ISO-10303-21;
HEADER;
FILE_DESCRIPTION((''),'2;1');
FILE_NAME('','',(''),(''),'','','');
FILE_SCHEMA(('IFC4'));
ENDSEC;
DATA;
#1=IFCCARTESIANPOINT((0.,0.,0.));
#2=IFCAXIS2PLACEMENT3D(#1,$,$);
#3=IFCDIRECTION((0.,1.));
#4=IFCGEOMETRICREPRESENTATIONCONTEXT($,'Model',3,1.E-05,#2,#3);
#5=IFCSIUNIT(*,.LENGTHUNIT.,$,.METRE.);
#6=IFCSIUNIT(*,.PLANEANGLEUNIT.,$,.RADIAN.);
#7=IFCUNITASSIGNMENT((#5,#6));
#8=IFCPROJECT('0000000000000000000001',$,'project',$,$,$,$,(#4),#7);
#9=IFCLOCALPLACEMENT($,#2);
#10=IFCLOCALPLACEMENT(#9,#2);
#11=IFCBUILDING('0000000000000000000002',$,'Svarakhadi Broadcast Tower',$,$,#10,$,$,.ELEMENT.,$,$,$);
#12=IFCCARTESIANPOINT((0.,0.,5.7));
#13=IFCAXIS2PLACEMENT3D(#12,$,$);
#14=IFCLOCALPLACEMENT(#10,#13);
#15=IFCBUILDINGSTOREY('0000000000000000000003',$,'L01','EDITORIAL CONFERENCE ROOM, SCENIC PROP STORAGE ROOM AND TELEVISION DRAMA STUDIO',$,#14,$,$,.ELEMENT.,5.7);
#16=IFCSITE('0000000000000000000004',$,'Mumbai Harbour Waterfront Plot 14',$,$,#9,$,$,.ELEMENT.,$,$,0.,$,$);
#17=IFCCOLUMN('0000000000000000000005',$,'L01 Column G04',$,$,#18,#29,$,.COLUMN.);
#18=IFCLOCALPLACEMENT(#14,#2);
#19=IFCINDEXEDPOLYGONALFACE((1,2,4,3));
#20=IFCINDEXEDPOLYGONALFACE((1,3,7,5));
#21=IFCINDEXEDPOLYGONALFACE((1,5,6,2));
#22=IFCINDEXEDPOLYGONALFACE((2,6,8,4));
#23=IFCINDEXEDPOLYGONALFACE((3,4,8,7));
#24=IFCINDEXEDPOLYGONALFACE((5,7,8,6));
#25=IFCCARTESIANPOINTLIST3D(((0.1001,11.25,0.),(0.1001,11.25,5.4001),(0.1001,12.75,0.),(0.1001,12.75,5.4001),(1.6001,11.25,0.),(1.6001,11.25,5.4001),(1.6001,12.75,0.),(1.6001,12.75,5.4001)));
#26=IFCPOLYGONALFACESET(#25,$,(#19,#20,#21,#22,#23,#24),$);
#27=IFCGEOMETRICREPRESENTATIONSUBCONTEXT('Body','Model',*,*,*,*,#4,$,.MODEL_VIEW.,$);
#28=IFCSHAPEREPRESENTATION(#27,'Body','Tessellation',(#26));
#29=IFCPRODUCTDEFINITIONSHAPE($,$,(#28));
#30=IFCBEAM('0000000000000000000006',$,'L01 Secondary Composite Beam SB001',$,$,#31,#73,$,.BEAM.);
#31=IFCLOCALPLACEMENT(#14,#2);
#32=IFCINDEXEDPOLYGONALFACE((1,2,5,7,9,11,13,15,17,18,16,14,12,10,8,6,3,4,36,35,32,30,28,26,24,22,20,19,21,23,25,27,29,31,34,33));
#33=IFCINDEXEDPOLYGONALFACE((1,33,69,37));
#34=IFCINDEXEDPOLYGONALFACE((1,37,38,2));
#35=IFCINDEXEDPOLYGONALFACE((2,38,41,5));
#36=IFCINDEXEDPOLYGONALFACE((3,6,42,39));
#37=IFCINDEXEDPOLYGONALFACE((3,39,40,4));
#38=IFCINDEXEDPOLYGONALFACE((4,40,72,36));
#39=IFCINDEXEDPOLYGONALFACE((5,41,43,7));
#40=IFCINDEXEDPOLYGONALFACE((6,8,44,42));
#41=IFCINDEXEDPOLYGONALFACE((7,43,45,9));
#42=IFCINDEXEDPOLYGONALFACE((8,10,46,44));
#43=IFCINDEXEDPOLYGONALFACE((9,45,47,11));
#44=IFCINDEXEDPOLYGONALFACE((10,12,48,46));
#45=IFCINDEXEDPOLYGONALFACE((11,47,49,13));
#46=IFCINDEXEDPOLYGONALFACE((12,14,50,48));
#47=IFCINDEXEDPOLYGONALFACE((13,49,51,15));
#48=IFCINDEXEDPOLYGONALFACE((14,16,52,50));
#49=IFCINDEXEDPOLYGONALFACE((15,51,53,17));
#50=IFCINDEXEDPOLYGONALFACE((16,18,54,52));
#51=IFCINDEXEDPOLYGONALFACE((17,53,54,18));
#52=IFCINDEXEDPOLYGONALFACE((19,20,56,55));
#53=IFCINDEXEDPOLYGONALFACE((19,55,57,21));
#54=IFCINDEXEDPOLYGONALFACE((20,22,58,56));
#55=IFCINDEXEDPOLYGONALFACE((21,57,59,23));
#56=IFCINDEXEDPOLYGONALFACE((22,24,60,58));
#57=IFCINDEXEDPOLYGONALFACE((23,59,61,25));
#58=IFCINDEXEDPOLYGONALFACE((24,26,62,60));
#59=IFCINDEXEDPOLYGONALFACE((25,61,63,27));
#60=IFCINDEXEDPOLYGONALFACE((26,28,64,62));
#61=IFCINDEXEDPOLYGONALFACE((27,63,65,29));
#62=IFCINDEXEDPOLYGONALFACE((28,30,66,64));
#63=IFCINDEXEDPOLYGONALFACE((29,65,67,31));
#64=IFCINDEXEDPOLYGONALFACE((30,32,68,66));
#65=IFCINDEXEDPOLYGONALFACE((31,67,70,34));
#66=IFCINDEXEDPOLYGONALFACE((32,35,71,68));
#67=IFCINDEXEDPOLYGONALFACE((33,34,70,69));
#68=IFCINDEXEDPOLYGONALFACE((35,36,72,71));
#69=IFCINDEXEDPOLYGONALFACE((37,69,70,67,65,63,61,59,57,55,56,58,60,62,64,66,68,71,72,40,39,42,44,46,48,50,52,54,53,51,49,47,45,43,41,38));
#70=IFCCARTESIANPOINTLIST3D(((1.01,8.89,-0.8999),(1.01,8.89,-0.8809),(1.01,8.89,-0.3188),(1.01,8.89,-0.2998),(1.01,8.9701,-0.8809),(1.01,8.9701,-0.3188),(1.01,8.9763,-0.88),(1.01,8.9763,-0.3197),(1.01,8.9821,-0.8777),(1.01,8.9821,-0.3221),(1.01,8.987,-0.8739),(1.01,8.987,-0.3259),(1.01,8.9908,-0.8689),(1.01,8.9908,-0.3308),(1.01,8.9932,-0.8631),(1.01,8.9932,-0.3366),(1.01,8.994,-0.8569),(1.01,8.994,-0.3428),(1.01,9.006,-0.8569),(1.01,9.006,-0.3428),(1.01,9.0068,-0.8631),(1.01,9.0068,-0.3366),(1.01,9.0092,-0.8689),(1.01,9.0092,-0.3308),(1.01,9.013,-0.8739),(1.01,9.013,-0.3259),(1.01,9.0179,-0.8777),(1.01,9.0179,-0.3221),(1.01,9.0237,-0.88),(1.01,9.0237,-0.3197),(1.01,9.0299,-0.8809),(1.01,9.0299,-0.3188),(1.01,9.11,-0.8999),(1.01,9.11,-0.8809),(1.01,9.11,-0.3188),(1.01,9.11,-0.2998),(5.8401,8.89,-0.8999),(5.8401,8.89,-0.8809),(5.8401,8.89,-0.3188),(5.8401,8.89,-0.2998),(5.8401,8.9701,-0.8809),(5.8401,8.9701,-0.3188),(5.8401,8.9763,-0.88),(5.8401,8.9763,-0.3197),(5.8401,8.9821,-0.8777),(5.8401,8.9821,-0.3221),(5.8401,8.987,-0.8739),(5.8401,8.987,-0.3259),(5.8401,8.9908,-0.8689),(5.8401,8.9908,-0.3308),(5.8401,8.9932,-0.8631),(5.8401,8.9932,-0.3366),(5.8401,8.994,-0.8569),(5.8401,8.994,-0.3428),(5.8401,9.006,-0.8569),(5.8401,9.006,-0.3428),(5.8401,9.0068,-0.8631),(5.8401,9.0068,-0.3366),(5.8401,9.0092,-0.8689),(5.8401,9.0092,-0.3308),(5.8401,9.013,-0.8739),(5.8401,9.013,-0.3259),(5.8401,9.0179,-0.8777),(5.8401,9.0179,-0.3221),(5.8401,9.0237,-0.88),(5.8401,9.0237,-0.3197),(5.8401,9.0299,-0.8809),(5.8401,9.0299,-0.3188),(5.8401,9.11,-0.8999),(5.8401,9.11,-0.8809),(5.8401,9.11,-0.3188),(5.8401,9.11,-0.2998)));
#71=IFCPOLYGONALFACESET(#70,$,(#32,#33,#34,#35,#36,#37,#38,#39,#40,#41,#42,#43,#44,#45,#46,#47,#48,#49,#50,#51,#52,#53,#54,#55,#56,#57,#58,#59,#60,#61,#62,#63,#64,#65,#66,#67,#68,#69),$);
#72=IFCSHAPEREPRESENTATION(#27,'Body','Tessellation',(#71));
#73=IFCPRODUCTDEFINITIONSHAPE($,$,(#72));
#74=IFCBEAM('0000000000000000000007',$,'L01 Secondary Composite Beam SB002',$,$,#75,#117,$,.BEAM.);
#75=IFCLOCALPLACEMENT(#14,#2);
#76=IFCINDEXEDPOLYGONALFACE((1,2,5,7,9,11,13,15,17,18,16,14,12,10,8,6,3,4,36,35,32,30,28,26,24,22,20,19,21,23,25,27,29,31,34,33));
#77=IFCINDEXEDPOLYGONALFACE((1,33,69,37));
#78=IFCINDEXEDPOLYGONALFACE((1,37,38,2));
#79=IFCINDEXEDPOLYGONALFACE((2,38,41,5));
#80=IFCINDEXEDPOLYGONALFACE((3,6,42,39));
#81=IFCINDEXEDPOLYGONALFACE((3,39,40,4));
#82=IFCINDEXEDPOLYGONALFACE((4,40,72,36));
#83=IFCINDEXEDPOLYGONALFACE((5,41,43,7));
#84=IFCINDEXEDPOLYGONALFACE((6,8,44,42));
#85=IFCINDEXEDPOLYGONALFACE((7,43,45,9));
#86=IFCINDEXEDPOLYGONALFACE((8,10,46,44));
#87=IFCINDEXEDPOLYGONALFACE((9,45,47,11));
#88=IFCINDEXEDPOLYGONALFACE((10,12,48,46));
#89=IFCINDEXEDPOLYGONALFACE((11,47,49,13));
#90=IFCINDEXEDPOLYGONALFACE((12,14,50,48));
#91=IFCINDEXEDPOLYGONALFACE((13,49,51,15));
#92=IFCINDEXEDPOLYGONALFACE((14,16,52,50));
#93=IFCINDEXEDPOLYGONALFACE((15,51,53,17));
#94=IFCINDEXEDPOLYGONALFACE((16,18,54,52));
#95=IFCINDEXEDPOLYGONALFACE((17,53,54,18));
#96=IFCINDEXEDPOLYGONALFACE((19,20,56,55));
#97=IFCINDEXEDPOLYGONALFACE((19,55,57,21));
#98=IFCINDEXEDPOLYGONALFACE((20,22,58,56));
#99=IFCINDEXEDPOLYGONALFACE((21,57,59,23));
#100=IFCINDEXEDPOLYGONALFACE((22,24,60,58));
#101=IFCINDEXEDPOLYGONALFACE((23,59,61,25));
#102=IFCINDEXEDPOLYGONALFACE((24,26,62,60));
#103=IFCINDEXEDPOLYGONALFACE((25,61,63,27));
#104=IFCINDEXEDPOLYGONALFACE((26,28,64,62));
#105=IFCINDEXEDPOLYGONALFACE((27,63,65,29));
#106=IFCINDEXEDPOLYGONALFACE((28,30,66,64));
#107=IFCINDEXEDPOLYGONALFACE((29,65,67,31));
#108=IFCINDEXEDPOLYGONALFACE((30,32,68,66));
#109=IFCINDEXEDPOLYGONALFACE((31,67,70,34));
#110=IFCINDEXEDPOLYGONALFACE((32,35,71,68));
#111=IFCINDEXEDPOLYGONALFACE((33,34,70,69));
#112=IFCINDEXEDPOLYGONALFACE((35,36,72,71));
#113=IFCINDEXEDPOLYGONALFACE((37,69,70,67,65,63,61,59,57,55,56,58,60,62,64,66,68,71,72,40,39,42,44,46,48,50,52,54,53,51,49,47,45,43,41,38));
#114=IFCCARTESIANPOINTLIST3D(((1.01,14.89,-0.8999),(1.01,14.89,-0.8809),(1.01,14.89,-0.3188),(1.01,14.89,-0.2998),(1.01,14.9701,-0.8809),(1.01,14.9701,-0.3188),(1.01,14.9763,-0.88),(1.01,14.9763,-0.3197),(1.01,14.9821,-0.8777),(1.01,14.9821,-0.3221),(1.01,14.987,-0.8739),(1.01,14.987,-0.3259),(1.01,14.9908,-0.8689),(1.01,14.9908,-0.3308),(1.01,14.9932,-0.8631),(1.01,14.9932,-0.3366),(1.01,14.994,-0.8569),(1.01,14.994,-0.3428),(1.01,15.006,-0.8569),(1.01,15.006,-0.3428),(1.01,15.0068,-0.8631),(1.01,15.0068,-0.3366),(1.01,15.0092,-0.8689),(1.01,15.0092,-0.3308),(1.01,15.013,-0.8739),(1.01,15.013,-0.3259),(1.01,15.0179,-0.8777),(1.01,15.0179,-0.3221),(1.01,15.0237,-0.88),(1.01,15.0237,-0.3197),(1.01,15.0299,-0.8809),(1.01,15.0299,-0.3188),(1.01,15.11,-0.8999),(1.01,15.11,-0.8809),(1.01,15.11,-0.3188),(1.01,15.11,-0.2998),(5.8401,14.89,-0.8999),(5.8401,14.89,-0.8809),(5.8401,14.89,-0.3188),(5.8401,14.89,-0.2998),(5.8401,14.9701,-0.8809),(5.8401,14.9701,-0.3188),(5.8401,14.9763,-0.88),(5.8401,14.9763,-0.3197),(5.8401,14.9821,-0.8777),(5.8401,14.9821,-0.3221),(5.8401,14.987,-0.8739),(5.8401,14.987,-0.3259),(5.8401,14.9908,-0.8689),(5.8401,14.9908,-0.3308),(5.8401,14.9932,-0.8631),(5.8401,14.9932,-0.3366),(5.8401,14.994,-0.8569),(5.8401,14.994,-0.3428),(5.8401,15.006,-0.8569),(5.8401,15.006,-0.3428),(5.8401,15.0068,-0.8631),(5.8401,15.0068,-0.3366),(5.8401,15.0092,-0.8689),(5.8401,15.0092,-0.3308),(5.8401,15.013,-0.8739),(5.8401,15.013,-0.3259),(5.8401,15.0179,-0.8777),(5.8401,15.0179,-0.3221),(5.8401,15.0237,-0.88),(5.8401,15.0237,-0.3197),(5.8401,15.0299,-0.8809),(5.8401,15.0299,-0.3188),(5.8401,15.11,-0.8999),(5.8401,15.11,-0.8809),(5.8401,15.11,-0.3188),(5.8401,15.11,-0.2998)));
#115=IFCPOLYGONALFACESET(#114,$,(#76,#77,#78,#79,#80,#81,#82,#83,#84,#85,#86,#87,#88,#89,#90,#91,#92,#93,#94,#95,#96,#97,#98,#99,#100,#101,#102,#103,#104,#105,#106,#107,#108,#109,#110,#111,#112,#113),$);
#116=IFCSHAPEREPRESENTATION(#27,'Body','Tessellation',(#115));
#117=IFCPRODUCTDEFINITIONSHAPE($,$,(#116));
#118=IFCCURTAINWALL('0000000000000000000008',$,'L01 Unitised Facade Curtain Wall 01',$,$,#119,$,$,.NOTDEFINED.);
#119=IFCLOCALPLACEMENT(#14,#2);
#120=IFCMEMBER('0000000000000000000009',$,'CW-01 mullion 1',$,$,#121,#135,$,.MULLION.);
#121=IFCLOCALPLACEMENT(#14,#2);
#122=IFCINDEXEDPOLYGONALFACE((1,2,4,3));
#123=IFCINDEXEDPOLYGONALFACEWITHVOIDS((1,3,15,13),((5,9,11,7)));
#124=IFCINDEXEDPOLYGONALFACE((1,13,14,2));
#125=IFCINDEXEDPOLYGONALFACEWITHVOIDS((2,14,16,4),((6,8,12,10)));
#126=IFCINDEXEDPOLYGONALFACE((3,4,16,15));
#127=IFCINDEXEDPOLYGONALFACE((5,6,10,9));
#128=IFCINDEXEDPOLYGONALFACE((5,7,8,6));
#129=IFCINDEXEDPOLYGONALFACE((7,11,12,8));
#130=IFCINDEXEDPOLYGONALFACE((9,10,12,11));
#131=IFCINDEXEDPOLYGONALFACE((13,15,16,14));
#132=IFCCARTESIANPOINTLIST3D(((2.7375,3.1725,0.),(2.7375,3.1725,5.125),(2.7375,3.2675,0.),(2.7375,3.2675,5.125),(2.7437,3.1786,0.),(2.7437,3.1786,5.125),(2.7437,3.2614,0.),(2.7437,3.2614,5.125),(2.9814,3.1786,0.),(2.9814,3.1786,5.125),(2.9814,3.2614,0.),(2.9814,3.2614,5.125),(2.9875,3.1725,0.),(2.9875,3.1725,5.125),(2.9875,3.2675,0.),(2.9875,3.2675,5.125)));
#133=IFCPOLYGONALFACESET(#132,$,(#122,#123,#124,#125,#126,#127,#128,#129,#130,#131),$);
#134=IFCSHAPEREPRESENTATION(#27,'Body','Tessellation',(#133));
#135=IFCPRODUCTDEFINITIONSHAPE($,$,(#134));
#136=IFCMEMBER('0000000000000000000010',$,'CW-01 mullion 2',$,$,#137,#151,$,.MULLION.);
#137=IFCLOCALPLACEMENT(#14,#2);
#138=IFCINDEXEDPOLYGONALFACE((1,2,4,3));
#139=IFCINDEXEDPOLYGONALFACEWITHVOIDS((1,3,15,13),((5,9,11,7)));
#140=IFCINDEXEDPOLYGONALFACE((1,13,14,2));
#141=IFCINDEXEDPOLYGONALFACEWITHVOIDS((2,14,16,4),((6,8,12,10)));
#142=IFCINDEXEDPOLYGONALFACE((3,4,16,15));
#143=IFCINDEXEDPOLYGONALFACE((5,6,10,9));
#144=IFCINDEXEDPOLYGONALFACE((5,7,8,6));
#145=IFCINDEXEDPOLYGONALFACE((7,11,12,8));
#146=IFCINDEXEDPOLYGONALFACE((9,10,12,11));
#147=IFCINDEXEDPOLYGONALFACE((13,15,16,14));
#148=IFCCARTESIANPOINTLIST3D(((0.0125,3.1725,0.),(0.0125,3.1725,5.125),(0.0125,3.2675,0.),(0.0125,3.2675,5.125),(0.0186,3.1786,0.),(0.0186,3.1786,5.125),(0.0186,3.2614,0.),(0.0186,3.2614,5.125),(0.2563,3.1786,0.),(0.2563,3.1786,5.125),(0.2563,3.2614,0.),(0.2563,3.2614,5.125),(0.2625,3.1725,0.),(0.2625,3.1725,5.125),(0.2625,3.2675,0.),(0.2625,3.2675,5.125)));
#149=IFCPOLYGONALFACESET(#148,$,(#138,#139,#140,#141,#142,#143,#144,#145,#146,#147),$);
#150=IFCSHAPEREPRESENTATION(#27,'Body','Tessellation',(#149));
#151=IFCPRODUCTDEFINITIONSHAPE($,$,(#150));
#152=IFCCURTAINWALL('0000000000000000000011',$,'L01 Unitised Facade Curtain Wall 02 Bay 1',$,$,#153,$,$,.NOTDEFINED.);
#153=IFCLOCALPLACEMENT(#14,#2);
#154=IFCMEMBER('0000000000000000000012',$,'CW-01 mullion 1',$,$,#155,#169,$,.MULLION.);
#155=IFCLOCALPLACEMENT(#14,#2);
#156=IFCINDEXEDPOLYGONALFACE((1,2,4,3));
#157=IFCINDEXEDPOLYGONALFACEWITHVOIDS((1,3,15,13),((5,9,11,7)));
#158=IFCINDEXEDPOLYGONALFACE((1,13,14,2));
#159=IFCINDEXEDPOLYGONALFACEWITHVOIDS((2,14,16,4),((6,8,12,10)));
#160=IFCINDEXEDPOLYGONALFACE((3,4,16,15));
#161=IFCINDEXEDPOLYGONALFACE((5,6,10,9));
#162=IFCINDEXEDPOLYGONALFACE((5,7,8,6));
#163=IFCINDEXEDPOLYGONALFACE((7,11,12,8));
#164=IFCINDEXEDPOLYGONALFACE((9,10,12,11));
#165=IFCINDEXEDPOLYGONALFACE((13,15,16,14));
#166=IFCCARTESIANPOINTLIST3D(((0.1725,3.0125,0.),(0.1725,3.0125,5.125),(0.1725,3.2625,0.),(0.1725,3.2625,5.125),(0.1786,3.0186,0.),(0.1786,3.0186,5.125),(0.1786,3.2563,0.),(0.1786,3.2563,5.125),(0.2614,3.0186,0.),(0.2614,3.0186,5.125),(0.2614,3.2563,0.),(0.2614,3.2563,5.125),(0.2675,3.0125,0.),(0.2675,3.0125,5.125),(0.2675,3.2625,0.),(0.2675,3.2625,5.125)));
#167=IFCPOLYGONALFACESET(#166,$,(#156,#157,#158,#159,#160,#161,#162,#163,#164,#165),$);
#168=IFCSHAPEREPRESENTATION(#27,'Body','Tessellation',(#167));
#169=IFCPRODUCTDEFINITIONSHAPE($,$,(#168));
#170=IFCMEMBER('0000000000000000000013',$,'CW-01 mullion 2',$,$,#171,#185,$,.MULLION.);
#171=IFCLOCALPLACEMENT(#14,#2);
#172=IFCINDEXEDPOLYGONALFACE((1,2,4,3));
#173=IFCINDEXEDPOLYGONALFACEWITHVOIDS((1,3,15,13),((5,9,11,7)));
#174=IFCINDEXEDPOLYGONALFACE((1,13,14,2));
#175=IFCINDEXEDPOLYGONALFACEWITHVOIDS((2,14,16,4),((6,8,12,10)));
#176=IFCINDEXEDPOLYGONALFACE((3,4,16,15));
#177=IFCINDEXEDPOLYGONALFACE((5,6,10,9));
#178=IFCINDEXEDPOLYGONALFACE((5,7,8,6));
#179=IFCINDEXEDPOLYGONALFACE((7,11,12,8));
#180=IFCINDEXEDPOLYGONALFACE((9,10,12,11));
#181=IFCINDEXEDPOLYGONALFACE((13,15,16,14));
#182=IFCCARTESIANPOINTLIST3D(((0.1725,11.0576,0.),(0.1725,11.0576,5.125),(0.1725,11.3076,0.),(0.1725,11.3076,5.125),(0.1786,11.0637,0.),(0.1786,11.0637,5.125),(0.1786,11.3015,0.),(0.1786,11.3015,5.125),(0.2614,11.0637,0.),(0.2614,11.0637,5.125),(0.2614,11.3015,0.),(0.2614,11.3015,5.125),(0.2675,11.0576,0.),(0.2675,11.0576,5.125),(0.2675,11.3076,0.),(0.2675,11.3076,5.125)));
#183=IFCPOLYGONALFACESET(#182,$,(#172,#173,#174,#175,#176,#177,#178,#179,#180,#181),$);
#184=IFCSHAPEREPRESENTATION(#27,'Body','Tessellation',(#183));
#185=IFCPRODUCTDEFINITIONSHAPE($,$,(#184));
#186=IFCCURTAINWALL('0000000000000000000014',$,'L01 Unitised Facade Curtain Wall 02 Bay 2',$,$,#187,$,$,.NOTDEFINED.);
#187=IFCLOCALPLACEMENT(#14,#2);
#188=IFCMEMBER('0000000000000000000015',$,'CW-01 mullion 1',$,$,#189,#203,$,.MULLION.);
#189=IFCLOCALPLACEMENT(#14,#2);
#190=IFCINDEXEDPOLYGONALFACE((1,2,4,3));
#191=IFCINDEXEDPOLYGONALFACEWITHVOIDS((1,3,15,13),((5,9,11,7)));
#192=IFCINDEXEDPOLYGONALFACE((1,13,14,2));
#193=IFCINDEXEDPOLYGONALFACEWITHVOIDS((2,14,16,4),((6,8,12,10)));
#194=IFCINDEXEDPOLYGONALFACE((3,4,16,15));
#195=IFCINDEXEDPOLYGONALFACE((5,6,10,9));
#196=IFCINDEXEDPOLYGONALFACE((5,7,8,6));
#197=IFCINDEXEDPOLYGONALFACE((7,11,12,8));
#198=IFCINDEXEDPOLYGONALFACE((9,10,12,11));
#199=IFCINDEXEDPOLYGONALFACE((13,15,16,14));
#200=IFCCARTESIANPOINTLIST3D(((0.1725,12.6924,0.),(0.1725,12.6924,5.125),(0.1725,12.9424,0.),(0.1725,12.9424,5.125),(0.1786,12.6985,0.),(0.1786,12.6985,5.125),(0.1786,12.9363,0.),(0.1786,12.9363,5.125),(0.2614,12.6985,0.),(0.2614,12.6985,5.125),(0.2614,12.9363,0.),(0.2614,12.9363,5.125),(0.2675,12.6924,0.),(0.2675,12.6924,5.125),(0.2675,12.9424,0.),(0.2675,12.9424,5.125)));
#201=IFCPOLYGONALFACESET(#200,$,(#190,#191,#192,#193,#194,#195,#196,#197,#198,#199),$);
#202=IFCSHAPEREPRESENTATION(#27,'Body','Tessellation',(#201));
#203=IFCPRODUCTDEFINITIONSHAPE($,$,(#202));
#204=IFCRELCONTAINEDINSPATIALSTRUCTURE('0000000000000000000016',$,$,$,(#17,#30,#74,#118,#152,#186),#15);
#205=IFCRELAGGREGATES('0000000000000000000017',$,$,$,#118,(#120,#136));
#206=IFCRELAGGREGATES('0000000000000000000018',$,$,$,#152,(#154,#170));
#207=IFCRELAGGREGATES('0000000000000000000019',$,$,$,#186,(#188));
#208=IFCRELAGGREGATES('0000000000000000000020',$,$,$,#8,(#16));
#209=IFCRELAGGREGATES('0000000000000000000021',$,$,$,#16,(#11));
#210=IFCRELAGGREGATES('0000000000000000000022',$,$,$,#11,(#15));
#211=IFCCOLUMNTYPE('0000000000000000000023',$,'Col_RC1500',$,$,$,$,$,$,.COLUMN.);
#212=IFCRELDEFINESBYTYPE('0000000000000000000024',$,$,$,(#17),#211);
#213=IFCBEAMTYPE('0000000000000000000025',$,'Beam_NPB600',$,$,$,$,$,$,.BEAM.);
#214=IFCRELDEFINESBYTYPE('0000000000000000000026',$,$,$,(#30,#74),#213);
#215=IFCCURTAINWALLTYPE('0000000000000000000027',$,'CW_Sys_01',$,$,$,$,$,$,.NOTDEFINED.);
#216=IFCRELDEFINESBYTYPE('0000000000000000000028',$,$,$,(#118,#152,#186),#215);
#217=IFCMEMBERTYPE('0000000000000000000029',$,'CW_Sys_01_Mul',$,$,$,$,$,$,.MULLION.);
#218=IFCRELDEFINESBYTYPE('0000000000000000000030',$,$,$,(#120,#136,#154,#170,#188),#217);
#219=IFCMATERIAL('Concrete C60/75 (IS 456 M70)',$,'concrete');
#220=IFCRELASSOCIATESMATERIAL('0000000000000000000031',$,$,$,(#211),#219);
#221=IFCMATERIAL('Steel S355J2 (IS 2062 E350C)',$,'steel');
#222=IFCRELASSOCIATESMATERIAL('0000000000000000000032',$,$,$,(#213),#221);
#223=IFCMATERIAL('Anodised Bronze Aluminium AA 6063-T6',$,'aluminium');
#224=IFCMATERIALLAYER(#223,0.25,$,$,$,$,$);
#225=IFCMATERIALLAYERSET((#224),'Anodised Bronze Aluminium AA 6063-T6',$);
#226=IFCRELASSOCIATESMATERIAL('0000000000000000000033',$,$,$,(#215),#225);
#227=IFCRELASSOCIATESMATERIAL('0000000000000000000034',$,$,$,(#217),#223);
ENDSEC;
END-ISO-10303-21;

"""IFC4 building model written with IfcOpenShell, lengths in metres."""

from ifc_helpers import new_model, si_unit, direction, frame, origin, origin_2d, place, context, subcontext, project, spatial, rectangle, hollow_rectangle, i_section, extrude, material, layer, layer_set, material_profile, profile_set, type_object, element, aggregate, save


model = new_model("IFC4")

# Units and contexts
model_context = context("Model", 3, precision=1e-05, world=origin(), true_north=direction((0.0, 1.0)))
body_context = subcontext(model_context, "Body", "Model", "MODEL_VIEW")
ifc_project = project(units=[si_unit("LENGTHUNIT", "METRE"), si_unit("PLANEANGLEUNIT", "RADIAN")], contexts=[model_context])

# Site, building, storey
site_placement = place(None, origin())
site = spatial("IfcSite", under=ifc_project, at=site_placement, Name="Mumbai Harbour Waterfront Plot 14", CompositionType="ELEMENT", RefElevation=0.0)
building_placement = place(site_placement, origin())
building = spatial("IfcBuilding", under=site, at=building_placement, Name="Svarakhadi Broadcast Tower", CompositionType="ELEMENT")
storey_placement = place(building_placement, frame((0.0, 0.0, 5.7)))
storey = spatial("IfcBuildingStorey", under=building, at=storey_placement, Name="L01", Description="EDITORIAL CONFERENCE ROOM, SCENIC PROP STORAGE ROOM AND TELEVISION DRAMA STUDIO", CompositionType="ELEMENT", Elevation=5.7)

# Column
ifc_material_1 = material(Name="Concrete C60/75 (IS 456 M70)", Category="concrete")
ifc_material_profile_1 = material_profile(ifc_material_1, rectangle(XDim=1.5, YDim=1.5, at=origin_2d()), Name="RC 1500x1500")
ifc_profile_set_1 = profile_set([ifc_material_profile_1], Name="Concrete C60/75 (IS 456 M70)")
column_type_1 = type_object("IfcColumnType", Name="Col_RC1500", PredefinedType="COLUMN", material=ifc_profile_set_1)
column_placement = place(storey_placement, frame((0.8501, 12.0, 0.0), z_axis=(0.0, 0.0, 1.0), x_axis=(1.0, 0.0, 0.0)))
element("IfcColumn", 1, at=column_placement, inside=storey, type_object=column_type_1, Name="L01 Column G04", PredefinedType="COLUMN", context=body_context, shape_type="SweptSolid", body=[
    extrude(rectangle(XDim=1.5, YDim=1.5, at=origin_2d()), origin(), (0.0, 0.0, 1.0), 5.4001),
])

# Beams
ifc_material_2 = material(Name="Steel S355J2 (IS 2062 E350C)", Category="steel")
ifc_material_profile_2 = material_profile(ifc_material_2, i_section(OverallWidth=0.22, OverallDepth=0.6001, WebThickness=0.012, FlangeThickness=0.019, FilletRadius=0.0239, at=origin_2d()), Name="NPB 600x220x122")
ifc_profile_set_2 = profile_set([ifc_material_profile_2], Name="Steel S355J2 (IS 2062 E350C)")
beam_type_1 = type_object("IfcBeamType", Name="Beam_NPB600", PredefinedType="BEAM", material=ifc_profile_set_2)
for number, where, z_axis, x_axis, name in (
    (2, (1.01, 9.0, -0.5999), (1.0, 0.0, 0.0), (0.0, 1.0, 0.0), "L01 Secondary Composite Beam SB001"),
    (3, (1.01, 15.0, -0.5999), (1.0, 0.0, 0.0), (0.0, 1.0, 0.0), "L01 Secondary Composite Beam SB002"),
):
    element("IfcBeam", number, at=place(storey_placement, frame(where, z_axis=z_axis, x_axis=x_axis)), inside=storey, type_object=beam_type_1, Name=name, PredefinedType="BEAM", context=body_context, shape_type="SweptSolid", body=[
        extrude(i_section(OverallWidth=0.22, OverallDepth=0.6001, WebThickness=0.012, FlangeThickness=0.019, FilletRadius=0.0239, at=origin_2d()), origin(), (0.0, 0.0, 1.0), 4.8301),
    ])

# Curtain walls, members
ifc_material_3 = material(Name="Anodised Bronze Aluminium AA 6063-T6", Category="aluminium")
ifc_layer_1 = layer(ifc_material_3, 0.25)
ifc_layer_set_1 = layer_set([ifc_layer_1], Name="Anodised Bronze Aluminium AA 6063-T6")
curtain_wall_type = type_object("IfcCurtainWallType", Name="CW_Sys_01", PredefinedType="NOTDEFINED", material=ifc_layer_set_1)
curtain_wall_1_placement = place(storey_placement, origin())
curtain_wall_1 = element("IfcCurtainWall", 4, at=curtain_wall_1_placement, inside=storey, type_object=curtain_wall_type, Name="L01 Unitised Facade Curtain Wall 01", PredefinedType="NOTDEFINED")
ifc_material_profile_3 = material_profile(ifc_material_3, hollow_rectangle(XDim=0.095, YDim=0.25, WallThickness=0.0061, at=origin_2d()), Name="ALU MULLION 250x95x6")
ifc_profile_set_3 = profile_set([ifc_material_profile_3], Name="Anodised Bronze Aluminium AA 6063-T6")
member_type_1 = type_object("IfcMemberType", Name="CW_Sys_01_Mul", PredefinedType="MULLION", material=ifc_profile_set_3)
member_1_placement = place(storey_placement, frame((2.8625, 3.22, 0.0), z_axis=(0.0, 0.0, 1.0), x_axis=(0.0, -1.0, 0.0)))
member_1 = element("IfcMember", 5, at=member_1_placement, type_object=member_type_1, Name="CW-01 mullion 1", PredefinedType="MULLION", context=body_context, shape_type="SweptSolid", body=[
    extrude(hollow_rectangle(XDim=0.095, YDim=0.25, WallThickness=0.0061, at=origin_2d()), origin(), (0.0, 0.0, 1.0), 5.125),
])
member_2_placement = place(storey_placement, frame((0.1375, 3.22, 0.0), z_axis=(0.0, 0.0, 1.0), x_axis=(0.0, -1.0, 0.0)))
member_2 = element("IfcMember", 6, at=member_2_placement, type_object=member_type_1, Name="CW-01 mullion 2", PredefinedType="MULLION", context=body_context, shape_type="SweptSolid", body=[
    extrude(hollow_rectangle(XDim=0.095, YDim=0.25, WallThickness=0.0061, at=origin_2d()), origin(), (0.0, 0.0, 1.0), 5.125),
])
curtain_wall_2_placement = place(storey_placement, origin())
curtain_wall_2 = element("IfcCurtainWall", 7, at=curtain_wall_2_placement, inside=storey, type_object=curtain_wall_type, Name="L01 Unitised Facade Curtain Wall 02 Bay 1", PredefinedType="NOTDEFINED")
member_3_placement = place(storey_placement, frame((0.22, 3.1375, 0.0), z_axis=(0.0, 0.0, 1.0), x_axis=(-1.0, 0.0, 0.0)))
member_3 = element("IfcMember", 8, at=member_3_placement, type_object=member_type_1, Name="CW-01 mullion 1", PredefinedType="MULLION", context=body_context, shape_type="SweptSolid", body=[
    extrude(hollow_rectangle(XDim=0.095, YDim=0.25, WallThickness=0.0061, at=origin_2d()), origin(), (0.0, 0.0, 1.0), 5.125),
])
member_4_placement = place(storey_placement, frame((0.22, 11.1826, 0.0), z_axis=(0.0, 0.0, 1.0), x_axis=(-1.0, 0.0, 0.0)))
member_4 = element("IfcMember", 9, at=member_4_placement, type_object=member_type_1, Name="CW-01 mullion 2", PredefinedType="MULLION", context=body_context, shape_type="SweptSolid", body=[
    extrude(hollow_rectangle(XDim=0.095, YDim=0.25, WallThickness=0.0061, at=origin_2d()), origin(), (0.0, 0.0, 1.0), 5.125),
])

# Curtain wall, member
curtain_wall_3_placement = place(storey_placement, origin())
curtain_wall_3 = element("IfcCurtainWall", 10, at=curtain_wall_3_placement, inside=storey, type_object=curtain_wall_type, Name="L01 Unitised Facade Curtain Wall 02 Bay 2", PredefinedType="NOTDEFINED")
member_5_placement = place(storey_placement, frame((0.22, 12.8174, 0.0), z_axis=(0.0, 0.0, 1.0), x_axis=(-1.0, 0.0, 0.0)))
member_5 = element("IfcMember", 11, at=member_5_placement, type_object=member_type_1, Name="CW-01 mullion 1", PredefinedType="MULLION", context=body_context, shape_type="SweptSolid", body=[
    extrude(hollow_rectangle(XDim=0.095, YDim=0.25, WallThickness=0.0061, at=origin_2d()), origin(), (0.0, 0.0, 1.0), 5.125),
])

aggregate(curtain_wall_1, [member_1, member_2])
aggregate(curtain_wall_2, [member_3, member_4])
aggregate(curtain_wall_3, [member_5])

save(model, "model.ifc")
